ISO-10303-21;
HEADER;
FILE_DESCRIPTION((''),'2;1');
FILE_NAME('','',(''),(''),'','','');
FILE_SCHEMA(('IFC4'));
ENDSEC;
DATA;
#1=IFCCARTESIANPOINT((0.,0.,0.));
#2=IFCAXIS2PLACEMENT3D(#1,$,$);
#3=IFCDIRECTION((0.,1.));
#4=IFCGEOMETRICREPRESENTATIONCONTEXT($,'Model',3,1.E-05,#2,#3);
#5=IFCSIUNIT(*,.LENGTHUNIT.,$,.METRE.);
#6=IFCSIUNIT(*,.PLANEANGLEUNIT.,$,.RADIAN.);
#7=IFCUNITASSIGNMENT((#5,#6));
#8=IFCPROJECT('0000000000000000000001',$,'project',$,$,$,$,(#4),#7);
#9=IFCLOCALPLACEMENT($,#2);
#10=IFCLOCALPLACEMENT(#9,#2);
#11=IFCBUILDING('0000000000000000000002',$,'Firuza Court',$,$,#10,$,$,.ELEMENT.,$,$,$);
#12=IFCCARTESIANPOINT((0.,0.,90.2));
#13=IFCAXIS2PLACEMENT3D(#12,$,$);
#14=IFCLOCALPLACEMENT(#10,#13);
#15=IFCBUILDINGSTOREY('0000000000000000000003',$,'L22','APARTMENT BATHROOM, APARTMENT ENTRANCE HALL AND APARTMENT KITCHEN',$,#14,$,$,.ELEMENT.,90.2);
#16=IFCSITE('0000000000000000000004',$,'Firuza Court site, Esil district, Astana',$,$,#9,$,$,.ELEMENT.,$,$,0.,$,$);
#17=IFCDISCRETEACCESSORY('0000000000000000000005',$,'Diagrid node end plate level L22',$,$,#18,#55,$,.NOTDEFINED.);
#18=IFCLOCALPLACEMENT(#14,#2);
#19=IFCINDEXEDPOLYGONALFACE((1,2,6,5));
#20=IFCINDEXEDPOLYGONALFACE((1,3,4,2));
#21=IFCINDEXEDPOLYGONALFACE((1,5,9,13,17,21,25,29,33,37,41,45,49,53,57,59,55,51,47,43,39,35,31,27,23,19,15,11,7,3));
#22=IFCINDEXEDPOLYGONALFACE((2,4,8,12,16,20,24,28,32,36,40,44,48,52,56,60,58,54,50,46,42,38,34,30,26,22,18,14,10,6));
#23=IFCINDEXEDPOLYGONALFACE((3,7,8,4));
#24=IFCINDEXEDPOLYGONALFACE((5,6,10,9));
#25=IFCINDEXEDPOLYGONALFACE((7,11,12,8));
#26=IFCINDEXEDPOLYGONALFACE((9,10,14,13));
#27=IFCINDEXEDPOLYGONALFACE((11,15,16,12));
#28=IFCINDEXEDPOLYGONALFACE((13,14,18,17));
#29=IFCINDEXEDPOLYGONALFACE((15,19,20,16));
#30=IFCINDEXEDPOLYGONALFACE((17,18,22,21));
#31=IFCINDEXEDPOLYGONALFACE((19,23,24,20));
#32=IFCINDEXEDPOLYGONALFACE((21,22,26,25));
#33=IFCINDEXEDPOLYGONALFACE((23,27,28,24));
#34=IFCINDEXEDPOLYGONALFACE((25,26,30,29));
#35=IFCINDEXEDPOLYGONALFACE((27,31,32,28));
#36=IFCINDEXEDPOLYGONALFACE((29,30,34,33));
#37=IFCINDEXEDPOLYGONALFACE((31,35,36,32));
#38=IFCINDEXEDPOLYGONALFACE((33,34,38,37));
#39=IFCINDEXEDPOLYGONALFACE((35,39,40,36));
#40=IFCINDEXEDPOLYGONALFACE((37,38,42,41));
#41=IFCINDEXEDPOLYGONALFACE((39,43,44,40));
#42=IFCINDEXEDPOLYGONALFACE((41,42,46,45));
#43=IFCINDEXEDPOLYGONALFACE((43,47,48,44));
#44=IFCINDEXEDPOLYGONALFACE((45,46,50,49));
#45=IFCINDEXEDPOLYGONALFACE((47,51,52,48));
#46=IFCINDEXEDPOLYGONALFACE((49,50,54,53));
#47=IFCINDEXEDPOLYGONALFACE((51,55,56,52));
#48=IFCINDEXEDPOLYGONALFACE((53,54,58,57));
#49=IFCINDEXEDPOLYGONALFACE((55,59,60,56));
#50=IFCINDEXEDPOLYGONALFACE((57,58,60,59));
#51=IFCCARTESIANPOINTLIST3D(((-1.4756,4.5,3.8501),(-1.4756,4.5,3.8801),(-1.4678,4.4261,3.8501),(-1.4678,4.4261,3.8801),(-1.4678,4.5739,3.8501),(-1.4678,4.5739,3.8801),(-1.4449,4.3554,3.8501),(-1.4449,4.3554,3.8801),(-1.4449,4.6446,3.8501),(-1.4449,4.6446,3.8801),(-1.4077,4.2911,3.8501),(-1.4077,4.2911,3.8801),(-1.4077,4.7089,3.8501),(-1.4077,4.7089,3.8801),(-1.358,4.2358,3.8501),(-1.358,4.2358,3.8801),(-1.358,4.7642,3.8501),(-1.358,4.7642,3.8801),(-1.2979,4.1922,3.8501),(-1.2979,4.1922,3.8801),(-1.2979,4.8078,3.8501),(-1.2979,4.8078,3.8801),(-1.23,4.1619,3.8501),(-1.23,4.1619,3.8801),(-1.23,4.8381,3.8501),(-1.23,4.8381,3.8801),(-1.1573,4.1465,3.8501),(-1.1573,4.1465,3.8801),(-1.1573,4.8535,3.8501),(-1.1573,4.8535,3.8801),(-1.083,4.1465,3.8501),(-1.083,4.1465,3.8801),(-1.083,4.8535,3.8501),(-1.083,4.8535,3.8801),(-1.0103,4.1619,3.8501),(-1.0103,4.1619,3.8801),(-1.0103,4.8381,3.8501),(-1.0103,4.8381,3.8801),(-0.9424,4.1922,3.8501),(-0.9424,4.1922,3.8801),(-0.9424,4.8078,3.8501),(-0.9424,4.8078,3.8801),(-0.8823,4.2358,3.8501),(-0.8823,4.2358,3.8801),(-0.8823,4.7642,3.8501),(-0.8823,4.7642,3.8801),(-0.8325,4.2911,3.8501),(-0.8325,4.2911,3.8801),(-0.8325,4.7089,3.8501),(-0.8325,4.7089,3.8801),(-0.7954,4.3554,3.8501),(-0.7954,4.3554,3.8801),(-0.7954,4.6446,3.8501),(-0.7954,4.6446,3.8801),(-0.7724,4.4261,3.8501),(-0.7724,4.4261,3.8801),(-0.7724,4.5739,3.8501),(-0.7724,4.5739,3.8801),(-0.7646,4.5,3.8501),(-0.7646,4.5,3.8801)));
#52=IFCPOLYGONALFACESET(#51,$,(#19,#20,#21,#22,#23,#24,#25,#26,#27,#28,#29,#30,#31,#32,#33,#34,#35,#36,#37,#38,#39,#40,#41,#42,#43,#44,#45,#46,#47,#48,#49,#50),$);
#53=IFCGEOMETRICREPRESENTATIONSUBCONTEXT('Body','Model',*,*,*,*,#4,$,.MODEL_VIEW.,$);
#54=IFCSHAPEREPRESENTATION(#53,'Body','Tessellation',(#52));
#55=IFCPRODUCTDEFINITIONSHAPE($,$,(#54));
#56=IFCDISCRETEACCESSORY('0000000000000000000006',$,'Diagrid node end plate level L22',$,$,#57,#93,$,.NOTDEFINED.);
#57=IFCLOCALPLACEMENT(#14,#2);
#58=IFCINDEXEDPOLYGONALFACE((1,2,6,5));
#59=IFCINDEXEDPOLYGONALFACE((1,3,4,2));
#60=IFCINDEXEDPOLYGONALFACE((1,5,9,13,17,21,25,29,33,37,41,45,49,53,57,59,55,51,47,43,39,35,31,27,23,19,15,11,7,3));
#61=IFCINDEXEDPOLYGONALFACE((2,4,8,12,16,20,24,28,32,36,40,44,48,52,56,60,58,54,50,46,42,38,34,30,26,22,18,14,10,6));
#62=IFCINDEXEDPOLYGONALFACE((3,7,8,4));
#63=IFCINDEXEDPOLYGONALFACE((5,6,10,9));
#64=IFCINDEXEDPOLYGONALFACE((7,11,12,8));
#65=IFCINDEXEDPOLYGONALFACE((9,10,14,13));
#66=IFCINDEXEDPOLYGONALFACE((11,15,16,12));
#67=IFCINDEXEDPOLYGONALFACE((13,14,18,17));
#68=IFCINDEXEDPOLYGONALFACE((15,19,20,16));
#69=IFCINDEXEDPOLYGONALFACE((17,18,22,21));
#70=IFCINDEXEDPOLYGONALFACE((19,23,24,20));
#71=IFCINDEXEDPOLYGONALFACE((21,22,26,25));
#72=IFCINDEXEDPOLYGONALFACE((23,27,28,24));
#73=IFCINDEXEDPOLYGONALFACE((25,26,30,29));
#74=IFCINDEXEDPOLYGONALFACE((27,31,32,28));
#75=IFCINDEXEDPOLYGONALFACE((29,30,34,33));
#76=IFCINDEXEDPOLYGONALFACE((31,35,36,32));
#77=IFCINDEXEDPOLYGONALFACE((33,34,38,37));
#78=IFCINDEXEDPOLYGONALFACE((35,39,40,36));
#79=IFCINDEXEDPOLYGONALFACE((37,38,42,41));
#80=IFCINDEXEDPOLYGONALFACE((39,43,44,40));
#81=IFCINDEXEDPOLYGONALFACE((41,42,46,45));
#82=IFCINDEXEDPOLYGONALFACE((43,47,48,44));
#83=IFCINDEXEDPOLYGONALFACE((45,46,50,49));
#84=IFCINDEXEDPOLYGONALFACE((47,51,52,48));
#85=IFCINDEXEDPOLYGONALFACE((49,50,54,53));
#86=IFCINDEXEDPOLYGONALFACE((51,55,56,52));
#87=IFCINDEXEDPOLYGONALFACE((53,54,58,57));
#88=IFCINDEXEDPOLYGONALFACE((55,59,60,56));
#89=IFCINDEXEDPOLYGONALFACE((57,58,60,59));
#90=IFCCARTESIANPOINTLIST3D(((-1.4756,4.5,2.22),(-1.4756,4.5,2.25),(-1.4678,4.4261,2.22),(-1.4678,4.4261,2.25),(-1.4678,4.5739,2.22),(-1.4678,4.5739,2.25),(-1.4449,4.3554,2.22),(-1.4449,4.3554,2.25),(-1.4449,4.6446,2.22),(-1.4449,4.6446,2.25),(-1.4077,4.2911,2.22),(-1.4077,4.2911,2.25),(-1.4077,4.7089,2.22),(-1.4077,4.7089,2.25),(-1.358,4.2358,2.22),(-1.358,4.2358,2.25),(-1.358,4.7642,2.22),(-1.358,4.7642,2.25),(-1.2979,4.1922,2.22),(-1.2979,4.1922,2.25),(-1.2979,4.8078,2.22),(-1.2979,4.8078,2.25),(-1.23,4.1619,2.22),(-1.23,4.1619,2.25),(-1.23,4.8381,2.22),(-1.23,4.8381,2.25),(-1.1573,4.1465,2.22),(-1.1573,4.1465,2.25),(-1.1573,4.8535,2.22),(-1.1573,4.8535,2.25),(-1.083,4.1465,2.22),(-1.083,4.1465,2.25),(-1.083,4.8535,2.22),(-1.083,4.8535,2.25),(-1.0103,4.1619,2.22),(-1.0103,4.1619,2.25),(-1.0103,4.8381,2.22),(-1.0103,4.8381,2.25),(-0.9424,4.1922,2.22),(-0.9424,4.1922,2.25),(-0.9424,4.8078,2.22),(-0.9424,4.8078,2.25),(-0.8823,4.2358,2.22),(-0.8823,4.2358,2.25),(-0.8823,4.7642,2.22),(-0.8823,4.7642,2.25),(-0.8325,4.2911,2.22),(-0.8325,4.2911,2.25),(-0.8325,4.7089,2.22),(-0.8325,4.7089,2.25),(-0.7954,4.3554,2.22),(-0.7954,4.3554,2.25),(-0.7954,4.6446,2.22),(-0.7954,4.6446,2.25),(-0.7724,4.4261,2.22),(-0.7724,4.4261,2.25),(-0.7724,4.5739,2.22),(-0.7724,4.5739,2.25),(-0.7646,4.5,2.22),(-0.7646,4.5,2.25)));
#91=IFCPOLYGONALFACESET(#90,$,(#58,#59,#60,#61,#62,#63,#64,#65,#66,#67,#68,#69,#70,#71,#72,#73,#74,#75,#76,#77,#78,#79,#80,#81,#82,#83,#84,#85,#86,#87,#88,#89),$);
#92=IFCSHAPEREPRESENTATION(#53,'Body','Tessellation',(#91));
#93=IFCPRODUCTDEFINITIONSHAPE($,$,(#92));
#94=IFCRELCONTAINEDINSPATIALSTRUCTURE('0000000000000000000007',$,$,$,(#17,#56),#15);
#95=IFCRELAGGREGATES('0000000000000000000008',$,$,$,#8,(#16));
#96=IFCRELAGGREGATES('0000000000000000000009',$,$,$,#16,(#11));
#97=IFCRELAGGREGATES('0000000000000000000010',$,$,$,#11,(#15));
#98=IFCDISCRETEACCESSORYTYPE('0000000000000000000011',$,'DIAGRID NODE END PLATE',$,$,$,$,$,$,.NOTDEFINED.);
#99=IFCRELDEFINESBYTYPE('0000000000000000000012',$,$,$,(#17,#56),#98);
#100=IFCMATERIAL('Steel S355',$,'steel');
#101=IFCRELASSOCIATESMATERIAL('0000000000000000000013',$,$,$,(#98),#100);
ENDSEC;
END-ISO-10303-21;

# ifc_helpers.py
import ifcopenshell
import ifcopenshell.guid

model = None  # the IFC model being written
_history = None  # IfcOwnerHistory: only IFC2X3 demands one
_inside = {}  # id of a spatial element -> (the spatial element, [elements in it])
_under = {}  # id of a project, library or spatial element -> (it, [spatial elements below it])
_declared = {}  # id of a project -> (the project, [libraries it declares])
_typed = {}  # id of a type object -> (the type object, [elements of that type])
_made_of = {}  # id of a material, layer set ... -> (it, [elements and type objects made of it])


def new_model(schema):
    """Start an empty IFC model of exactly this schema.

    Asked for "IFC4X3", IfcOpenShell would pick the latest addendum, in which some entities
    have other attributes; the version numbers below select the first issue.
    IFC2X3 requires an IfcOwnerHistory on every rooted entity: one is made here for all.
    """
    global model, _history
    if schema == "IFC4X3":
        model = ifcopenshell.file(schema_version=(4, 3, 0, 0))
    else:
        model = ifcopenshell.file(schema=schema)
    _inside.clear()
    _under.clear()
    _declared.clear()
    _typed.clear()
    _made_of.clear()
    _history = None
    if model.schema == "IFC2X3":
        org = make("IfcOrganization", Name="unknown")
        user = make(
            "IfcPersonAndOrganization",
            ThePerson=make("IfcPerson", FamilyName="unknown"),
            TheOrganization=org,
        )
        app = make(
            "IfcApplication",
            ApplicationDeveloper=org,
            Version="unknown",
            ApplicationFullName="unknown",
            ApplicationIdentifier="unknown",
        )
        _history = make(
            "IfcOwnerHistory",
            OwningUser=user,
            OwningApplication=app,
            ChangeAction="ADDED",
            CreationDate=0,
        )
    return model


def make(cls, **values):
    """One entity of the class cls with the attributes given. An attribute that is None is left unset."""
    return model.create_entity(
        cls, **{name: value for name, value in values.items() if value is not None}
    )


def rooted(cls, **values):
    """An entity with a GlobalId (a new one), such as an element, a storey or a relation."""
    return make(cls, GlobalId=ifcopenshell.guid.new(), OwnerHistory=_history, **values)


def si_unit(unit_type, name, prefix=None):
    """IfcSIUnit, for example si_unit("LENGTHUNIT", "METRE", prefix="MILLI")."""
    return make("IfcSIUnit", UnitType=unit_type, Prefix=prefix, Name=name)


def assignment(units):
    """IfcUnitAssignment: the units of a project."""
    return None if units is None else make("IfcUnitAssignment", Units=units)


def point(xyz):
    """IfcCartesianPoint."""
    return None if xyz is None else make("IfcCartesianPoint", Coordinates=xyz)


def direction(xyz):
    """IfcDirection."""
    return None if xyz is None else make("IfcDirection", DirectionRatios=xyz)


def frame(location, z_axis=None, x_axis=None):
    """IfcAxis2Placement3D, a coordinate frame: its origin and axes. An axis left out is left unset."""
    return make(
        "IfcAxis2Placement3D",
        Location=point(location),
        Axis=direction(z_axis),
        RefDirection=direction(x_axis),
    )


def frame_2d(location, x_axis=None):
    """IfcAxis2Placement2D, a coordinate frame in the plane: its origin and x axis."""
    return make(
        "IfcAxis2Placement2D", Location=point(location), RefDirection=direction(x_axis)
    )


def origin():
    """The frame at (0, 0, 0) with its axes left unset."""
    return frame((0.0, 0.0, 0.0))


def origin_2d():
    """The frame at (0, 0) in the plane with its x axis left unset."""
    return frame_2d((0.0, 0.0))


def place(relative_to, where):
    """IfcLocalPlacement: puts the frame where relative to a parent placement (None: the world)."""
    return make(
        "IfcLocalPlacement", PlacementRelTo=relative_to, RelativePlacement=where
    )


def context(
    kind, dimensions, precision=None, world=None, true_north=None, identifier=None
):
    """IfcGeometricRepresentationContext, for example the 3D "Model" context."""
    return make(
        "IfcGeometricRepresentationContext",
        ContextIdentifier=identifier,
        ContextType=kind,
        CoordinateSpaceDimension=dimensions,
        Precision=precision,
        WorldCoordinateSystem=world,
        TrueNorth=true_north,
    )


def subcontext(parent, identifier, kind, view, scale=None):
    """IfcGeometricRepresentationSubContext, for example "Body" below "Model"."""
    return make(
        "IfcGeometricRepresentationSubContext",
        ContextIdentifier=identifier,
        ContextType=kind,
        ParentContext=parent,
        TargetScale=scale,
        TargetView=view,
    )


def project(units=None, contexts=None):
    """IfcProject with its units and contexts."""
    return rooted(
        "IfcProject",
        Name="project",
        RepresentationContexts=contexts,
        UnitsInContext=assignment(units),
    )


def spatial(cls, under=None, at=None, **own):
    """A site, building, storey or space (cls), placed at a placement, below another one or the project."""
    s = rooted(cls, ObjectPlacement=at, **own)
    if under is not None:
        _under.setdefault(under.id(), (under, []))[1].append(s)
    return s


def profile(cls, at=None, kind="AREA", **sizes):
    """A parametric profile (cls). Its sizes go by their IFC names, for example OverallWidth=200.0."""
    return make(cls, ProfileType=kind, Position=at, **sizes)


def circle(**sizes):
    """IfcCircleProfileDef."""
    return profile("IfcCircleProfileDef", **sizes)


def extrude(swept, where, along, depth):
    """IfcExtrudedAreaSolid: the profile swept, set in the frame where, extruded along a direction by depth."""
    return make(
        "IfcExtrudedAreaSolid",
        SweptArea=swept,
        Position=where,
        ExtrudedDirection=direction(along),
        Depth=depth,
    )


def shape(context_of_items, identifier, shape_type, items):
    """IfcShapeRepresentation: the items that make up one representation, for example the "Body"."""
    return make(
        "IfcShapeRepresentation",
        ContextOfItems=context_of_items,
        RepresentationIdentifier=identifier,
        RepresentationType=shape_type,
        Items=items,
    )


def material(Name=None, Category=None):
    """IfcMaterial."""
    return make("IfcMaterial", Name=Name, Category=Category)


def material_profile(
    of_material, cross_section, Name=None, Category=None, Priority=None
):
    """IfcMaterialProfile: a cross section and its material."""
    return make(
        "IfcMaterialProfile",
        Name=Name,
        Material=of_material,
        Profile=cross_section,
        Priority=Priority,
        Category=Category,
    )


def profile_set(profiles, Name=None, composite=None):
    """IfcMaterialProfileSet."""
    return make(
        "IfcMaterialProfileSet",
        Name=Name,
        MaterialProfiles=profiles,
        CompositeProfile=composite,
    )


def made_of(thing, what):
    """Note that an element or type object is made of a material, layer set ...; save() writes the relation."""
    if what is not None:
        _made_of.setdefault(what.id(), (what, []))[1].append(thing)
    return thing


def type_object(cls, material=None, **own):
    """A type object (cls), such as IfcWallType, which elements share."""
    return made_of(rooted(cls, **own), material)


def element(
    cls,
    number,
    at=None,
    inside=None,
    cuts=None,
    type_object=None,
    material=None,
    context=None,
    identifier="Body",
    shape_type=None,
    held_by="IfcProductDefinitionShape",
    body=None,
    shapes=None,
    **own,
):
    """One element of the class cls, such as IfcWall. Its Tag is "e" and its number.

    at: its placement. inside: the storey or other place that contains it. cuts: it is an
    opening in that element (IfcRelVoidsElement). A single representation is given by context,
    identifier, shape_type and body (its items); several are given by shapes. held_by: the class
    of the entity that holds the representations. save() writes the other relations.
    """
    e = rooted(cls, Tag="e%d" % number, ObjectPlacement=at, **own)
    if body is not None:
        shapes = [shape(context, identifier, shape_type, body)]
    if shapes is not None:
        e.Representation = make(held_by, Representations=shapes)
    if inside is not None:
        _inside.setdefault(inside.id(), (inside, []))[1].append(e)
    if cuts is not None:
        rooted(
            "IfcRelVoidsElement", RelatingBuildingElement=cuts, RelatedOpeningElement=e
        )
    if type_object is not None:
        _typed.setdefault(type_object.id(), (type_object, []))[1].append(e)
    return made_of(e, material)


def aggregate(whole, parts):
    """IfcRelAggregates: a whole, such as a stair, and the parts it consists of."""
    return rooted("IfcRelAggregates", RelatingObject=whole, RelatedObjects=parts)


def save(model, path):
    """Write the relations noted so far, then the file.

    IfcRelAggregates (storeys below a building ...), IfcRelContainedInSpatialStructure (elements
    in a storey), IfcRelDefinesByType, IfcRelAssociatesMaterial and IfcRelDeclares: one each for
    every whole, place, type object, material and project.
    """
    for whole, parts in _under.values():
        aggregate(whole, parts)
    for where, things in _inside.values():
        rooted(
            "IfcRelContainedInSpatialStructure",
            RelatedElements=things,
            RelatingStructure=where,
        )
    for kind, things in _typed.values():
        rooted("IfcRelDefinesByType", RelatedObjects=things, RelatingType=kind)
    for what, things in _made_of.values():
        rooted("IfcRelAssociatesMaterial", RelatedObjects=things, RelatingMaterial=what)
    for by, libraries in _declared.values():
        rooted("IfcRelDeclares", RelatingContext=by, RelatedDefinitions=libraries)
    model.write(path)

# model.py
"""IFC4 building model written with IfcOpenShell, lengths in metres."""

from ifc_helpers import new_model, si_unit, direction, frame, origin, origin_2d, place, context, subcontext, project, spatial, circle, extrude, material, material_profile, profile_set, type_object, element, save


model = new_model("IFC4")

# Units and contexts
model_context = context("Model", 3, precision=1e-05, world=origin(), true_north=direction((0.0, 1.0)))
body_context = subcontext(model_context, "Body", "Model", "MODEL_VIEW")
ifc_project = project(units=[si_unit("LENGTHUNIT", "METRE"), si_unit("PLANEANGLEUNIT", "RADIAN")], contexts=[model_context])

# Site, building, storey
site_placement = place(None, origin())
site = spatial("IfcSite", under=ifc_project, at=site_placement, Name="Firuza Court site, Esil district, Astana", CompositionType="ELEMENT", RefElevation=0.0)
building_placement = place(site_placement, origin())
building = spatial("IfcBuilding", under=site, at=building_placement, Name="Firuza Court", CompositionType="ELEMENT")
storey_placement = place(building_placement, frame((0.0, 0.0, 90.2)))
storey = spatial("IfcBuildingStorey", under=building, at=storey_placement, Name="L22", Description="APARTMENT BATHROOM, APARTMENT ENTRANCE HALL AND APARTMENT KITCHEN", CompositionType="ELEMENT", Elevation=90.2)

# Discrete accessories
ifc_material_1 = material(Name="Steel S355", Category="steel")
ifc_material_profile_1 = material_profile(ifc_material_1, circle(Radius=0.3555, at=origin_2d()), Name="PL D711")
ifc_profile_set_1 = profile_set([ifc_material_profile_1], Name="Steel S355")
discrete_accessory_type = type_object("IfcDiscreteAccessoryType", Name="DIAGRID NODE END PLATE", PredefinedType="NOTDEFINED", material=ifc_profile_set_1)
for number, where, z_axis, x_axis, name in (
    (1, (-1.1201, 4.5, 3.8501), (0.0, 0.0, 1.0), (1.0, 0.0, 0.0), "Diagrid node end plate level L22"),
    (2, (-1.1201, 4.5, 2.22), (0.0, 0.0, 1.0), (1.0, 0.0, 0.0), "Diagrid node end plate level L22"),
):
    element("IfcDiscreteAccessory", number, at=place(storey_placement, frame(where, z_axis=z_axis, x_axis=x_axis)), inside=storey, type_object=discrete_accessory_type, Name=name, PredefinedType="NOTDEFINED", context=body_context, shape_type="SweptSolid", body=[
        extrude(circle(Radius=0.3555, at=origin_2d()), origin(), (0.0, 0.0, 1.0), 0.03),
    ])

save(model, "model.ifc")
